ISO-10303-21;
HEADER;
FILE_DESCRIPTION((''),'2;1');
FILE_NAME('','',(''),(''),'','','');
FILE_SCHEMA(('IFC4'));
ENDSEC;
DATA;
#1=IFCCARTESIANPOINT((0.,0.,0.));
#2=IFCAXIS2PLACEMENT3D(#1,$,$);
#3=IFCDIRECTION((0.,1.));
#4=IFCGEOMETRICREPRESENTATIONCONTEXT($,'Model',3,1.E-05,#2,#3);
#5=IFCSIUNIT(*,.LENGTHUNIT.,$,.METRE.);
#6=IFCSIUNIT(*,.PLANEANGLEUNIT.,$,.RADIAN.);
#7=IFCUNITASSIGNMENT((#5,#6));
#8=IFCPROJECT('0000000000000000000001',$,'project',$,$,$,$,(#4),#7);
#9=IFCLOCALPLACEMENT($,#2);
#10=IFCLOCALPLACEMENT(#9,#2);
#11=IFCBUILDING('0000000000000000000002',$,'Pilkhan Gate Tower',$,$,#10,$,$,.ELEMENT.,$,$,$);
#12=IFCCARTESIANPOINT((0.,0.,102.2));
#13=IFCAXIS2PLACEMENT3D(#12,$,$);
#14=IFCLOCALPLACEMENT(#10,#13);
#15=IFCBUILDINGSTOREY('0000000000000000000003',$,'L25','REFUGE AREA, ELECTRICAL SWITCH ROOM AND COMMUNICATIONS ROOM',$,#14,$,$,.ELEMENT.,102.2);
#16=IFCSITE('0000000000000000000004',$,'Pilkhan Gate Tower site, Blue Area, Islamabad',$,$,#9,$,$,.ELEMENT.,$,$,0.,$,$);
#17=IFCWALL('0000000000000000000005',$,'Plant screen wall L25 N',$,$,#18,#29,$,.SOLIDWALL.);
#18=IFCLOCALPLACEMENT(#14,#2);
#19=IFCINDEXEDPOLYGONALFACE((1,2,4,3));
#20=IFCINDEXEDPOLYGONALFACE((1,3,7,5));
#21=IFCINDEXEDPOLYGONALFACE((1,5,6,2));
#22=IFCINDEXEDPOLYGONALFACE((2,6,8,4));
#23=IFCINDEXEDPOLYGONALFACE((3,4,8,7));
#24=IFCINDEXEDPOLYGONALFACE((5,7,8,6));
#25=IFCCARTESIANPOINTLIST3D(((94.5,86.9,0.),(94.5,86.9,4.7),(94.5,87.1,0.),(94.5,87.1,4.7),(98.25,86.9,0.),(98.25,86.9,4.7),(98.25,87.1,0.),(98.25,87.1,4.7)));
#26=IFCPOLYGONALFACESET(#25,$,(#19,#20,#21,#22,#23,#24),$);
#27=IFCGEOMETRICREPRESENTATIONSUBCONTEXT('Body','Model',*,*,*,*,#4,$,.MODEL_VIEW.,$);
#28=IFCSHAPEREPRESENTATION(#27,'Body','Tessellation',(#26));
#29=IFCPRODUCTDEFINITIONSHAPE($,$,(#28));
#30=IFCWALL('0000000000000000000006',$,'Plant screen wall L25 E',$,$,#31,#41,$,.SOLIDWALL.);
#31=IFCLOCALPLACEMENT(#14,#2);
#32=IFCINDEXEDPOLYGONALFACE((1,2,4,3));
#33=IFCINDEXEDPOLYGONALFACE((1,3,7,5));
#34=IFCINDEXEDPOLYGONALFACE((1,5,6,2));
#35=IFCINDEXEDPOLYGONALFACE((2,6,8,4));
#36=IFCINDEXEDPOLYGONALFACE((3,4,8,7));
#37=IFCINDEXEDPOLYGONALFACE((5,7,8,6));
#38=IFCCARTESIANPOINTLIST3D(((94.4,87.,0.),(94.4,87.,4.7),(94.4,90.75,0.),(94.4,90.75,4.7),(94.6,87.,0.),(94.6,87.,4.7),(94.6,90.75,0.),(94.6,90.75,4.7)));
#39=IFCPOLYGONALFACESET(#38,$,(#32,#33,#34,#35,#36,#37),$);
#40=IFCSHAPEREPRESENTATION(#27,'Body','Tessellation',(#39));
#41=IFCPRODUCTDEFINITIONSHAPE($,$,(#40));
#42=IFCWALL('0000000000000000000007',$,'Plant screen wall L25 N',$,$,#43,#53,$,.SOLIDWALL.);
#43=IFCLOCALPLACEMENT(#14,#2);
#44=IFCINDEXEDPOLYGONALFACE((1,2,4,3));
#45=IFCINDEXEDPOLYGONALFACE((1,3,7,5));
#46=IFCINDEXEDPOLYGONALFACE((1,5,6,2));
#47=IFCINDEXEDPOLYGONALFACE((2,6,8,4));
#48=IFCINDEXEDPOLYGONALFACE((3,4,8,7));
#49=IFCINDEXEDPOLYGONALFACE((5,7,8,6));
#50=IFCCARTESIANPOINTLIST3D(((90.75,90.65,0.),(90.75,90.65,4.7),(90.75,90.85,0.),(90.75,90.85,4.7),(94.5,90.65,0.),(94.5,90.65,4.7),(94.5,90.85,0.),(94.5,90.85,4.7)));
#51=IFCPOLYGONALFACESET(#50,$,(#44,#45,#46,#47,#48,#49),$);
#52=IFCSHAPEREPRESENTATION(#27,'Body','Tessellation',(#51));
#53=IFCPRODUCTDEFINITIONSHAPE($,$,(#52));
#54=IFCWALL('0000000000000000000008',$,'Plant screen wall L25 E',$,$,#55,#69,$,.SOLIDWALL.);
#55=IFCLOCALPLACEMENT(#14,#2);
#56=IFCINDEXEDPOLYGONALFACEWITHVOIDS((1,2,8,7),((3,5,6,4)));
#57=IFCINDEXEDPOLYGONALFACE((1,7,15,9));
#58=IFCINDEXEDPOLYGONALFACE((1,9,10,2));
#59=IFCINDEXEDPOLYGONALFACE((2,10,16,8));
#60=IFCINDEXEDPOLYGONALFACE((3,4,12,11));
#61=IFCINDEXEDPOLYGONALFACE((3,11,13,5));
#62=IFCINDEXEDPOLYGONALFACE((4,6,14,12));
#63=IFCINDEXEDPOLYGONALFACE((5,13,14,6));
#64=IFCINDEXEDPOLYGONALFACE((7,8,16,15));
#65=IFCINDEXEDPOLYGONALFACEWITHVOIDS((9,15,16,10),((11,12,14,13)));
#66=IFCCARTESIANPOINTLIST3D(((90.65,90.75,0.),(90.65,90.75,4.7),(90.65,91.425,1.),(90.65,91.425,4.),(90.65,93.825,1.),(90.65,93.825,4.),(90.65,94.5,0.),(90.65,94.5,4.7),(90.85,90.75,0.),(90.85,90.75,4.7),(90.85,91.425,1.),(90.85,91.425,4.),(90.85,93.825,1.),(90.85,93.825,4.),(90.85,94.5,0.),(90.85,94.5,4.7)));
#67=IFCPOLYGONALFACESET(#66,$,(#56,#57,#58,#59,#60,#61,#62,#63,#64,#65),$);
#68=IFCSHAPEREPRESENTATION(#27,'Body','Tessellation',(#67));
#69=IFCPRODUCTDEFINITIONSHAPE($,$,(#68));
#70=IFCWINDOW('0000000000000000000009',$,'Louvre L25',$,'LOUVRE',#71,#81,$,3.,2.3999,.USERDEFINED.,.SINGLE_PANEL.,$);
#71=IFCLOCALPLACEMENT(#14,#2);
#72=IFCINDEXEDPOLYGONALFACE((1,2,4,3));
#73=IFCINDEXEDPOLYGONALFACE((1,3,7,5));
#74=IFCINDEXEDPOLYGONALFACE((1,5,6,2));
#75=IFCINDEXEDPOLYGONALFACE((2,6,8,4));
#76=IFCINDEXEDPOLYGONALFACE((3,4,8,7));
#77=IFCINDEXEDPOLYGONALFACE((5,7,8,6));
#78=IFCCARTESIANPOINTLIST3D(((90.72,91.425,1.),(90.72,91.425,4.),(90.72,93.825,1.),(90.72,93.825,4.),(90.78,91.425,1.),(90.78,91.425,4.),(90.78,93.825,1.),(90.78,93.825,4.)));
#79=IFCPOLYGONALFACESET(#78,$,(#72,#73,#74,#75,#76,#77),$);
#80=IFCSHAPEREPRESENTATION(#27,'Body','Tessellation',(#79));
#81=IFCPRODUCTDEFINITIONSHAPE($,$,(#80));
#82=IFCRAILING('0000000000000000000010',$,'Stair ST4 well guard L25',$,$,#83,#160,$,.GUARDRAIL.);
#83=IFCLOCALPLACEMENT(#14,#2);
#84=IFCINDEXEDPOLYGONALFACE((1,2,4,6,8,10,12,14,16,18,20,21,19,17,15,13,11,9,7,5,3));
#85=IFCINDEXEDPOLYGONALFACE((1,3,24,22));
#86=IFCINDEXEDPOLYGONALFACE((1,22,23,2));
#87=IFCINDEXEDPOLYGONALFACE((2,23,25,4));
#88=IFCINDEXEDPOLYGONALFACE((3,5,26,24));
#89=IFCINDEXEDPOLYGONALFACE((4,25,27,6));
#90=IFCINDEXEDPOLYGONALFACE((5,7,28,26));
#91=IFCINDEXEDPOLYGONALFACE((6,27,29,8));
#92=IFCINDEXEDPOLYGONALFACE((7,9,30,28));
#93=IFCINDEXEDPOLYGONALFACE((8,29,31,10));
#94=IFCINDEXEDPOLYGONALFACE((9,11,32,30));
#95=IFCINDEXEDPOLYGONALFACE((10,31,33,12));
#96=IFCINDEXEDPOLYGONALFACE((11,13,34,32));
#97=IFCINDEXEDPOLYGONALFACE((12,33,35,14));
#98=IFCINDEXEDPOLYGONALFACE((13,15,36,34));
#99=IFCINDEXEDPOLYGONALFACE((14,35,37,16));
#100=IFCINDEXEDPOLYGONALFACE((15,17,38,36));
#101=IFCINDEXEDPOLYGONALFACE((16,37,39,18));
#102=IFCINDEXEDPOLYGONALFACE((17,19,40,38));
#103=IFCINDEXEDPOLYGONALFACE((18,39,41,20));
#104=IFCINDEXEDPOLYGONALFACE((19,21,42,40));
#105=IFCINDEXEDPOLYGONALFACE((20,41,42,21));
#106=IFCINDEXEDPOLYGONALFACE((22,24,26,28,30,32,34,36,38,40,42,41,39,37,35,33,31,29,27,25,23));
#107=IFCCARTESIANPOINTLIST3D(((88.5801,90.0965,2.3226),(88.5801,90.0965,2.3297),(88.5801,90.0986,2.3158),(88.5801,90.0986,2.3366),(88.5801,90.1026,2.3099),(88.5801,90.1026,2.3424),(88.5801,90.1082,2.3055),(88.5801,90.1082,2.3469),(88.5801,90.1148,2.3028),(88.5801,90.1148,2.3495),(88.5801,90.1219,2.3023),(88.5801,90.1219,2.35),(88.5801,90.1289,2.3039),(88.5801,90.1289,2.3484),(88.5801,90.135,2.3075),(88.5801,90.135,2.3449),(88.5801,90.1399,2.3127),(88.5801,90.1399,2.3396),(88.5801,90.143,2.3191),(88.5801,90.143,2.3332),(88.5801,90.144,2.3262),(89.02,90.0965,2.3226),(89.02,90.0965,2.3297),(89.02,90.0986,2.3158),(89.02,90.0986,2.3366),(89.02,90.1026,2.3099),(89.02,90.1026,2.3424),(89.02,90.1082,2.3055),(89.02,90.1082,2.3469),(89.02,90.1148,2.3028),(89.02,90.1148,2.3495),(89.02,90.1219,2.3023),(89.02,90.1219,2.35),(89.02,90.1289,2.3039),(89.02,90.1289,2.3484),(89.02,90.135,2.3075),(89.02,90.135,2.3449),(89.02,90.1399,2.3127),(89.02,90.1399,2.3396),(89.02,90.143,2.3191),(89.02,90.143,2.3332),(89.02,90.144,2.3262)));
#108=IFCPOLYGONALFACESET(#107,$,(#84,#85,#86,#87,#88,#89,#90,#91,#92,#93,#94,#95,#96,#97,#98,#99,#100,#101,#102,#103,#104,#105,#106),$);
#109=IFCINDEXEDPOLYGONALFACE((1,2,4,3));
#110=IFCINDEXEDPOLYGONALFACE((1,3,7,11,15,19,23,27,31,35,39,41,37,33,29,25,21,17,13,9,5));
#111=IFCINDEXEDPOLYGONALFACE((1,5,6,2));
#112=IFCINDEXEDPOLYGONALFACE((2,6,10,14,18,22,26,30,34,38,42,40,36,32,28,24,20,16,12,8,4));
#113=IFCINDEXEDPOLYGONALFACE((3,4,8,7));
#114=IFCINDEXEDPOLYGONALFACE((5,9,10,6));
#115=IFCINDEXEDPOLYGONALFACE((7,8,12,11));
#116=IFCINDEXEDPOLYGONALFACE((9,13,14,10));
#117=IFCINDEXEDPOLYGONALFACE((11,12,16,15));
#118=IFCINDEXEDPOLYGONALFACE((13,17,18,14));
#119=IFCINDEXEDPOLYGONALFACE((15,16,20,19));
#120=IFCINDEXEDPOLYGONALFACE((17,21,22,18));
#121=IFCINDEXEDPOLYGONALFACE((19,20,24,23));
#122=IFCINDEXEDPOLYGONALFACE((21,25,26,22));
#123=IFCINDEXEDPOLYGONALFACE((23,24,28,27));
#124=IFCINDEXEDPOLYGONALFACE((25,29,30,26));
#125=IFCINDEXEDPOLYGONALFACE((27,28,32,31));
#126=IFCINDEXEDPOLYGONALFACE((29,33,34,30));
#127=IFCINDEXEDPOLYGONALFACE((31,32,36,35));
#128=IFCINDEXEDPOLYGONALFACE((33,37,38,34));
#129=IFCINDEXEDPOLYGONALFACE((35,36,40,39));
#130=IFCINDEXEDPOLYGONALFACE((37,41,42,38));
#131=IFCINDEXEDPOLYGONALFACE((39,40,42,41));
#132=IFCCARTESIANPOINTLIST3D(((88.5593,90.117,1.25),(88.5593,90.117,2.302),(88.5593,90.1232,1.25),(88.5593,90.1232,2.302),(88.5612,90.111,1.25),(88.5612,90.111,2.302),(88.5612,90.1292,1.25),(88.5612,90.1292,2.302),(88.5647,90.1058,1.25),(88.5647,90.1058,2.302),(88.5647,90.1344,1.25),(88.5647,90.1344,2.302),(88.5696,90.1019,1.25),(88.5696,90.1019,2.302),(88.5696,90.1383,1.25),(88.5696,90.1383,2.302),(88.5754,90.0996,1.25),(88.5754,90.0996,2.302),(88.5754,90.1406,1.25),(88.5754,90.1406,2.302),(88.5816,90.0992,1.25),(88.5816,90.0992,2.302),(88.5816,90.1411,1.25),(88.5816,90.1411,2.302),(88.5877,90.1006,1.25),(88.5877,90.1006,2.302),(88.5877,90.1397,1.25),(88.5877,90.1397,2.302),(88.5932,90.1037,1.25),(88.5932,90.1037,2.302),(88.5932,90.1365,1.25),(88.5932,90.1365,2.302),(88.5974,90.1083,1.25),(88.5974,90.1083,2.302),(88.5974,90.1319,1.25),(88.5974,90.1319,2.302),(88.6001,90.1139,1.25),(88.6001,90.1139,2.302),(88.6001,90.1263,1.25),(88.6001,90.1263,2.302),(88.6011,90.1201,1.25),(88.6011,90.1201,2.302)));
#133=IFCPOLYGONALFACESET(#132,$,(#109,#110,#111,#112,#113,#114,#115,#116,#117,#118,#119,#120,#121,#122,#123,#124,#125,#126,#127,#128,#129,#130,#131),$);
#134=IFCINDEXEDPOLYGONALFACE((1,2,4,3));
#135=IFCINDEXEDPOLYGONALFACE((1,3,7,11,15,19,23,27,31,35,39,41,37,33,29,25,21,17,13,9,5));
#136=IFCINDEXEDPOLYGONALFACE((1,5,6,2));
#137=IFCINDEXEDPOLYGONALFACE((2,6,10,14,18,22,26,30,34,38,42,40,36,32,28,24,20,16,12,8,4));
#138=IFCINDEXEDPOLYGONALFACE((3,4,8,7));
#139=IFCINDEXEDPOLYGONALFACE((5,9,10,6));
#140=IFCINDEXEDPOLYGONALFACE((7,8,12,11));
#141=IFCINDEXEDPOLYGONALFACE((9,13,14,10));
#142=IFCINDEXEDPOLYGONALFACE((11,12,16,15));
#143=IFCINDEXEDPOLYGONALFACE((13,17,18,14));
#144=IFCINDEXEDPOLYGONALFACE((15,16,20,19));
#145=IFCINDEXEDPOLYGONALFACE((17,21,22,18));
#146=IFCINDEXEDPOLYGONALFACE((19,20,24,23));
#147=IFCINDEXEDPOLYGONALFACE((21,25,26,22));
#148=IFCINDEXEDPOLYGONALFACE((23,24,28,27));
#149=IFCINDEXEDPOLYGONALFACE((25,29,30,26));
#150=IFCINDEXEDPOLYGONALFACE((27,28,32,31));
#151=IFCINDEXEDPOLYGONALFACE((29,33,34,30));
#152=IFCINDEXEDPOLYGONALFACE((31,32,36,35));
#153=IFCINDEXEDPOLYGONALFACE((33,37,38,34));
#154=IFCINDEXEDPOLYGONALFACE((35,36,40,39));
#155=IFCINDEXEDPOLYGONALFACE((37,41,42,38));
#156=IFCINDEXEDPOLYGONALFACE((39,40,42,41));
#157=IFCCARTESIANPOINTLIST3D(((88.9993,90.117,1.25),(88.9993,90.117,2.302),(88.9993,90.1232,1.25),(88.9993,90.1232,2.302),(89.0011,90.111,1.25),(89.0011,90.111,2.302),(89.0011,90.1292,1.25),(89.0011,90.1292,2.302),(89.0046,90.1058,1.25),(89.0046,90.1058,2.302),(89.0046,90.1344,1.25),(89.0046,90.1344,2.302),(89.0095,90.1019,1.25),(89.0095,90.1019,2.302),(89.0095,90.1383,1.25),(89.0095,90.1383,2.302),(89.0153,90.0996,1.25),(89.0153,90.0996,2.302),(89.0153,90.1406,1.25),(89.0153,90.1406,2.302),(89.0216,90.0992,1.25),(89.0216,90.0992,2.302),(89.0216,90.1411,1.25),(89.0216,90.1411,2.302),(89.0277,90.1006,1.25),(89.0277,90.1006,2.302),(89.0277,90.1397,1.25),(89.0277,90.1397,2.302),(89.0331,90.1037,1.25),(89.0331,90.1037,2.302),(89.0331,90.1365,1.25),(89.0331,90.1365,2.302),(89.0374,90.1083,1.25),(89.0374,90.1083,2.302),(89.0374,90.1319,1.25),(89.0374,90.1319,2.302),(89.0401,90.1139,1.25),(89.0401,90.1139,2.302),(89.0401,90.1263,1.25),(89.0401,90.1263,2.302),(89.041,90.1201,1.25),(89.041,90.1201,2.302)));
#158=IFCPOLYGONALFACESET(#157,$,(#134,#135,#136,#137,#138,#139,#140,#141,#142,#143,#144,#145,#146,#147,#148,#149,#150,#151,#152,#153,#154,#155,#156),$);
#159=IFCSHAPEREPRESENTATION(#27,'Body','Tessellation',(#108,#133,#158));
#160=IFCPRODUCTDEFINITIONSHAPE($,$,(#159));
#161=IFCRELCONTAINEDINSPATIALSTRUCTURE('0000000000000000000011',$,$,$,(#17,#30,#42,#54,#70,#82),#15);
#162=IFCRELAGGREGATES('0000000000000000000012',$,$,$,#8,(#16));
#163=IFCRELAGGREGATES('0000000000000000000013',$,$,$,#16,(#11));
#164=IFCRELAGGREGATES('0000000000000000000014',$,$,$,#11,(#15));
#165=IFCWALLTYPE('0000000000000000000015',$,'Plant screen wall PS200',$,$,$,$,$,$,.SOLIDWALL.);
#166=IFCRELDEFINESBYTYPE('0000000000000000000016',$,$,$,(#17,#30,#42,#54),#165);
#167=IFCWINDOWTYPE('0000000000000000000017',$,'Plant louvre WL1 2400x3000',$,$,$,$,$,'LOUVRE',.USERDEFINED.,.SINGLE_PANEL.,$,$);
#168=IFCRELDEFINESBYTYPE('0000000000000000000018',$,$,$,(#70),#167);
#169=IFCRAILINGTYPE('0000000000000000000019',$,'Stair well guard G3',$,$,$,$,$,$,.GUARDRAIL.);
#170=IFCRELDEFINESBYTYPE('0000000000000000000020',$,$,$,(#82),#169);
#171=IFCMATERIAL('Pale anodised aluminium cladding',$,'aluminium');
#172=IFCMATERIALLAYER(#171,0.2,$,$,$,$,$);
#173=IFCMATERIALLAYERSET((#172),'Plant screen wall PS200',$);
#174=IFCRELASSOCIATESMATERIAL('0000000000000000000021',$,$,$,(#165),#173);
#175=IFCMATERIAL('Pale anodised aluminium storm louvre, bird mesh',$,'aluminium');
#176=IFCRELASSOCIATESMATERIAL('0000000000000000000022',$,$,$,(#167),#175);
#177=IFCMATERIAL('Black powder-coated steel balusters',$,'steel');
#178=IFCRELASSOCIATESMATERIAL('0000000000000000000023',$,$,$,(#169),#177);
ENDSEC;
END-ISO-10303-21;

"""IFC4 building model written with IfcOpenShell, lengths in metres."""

from ifc_helpers import new_model, si_unit, direction, frame, frame_2d, origin, origin_2d, place, context, subcontext, project, spatial, rectangle, circle, extrude, material, layer, layer_set, type_object, element, fill, save


model = new_model("IFC4")

# Units and contexts
model_context = context("Model", 3, precision=1e-05, world=origin(), true_north=direction((0.0, 1.0)))
body_context = subcontext(model_context, "Body", "Model", "MODEL_VIEW")
ifc_project = project(units=[si_unit("LENGTHUNIT", "METRE"), si_unit("PLANEANGLEUNIT", "RADIAN")], contexts=[model_context])

# Site, building, storey
site_placement = place(None, origin())
site = spatial("IfcSite", under=ifc_project, at=site_placement, Name="Pilkhan Gate Tower site, Blue Area, Islamabad", CompositionType="ELEMENT", RefElevation=0.0)
building_placement = place(site_placement, origin())
building = spatial("IfcBuilding", under=site, at=building_placement, Name="Pilkhan Gate Tower", CompositionType="ELEMENT")
storey_placement = place(building_placement, frame((0.0, 0.0, 102.2)))
storey = spatial("IfcBuildingStorey", under=building, at=storey_placement, Name="L25", Description="REFUGE AREA, ELECTRICAL SWITCH ROOM AND COMMUNICATIONS ROOM", CompositionType="ELEMENT", Elevation=102.2)

# Walls
ifc_material_1 = material(Name="Pale anodised aluminium cladding", Category="aluminium")
ifc_layer_1 = layer(ifc_material_1, 0.2)
ifc_layer_set_1 = layer_set([ifc_layer_1], Name="Plant screen wall PS200")
wall_type_1 = type_object("IfcWallType", Name="Plant screen wall PS200", PredefinedType="SOLIDWALL", material=ifc_layer_set_1)
for number, where, z_axis, x_axis, name in (
    (1, (94.5, 87.0, 0.0), (0.0, 0.0, 1.0), (1.0, 0.0, 0.0), "Plant screen wall L25 N"),
    (2, (94.5, 87.0, 0.0), (0.0, 0.0, 1.0), (0.0, 1.0, 0.0), "Plant screen wall L25 E"),
    (3, (90.75, 90.75, 0.0), (0.0, 0.0, 1.0), (1.0, 0.0, 0.0), "Plant screen wall L25 N"),
):
    element("IfcWall", number, at=place(storey_placement, frame(where, z_axis=z_axis, x_axis=x_axis)), inside=storey, type_object=wall_type_1, Name=name, PredefinedType="SOLIDWALL", context=body_context, shape_type="SweptSolid", body=[
        extrude(rectangle(XDim=3.75, YDim=0.2, at=frame_2d((1.875, 0.0))), origin(), (0.0, 0.0, 1.0), 4.7),
    ])

# Wall, opening, window
wall_1_placement = place(storey_placement, frame((90.75, 90.75, 0.0), z_axis=(0.0, 0.0, 1.0), x_axis=(0.0, 1.0, 0.0)))
wall_1 = element("IfcWall", 4, at=wall_1_placement, inside=storey, type_object=wall_type_1, Name="Plant screen wall L25 E", PredefinedType="SOLIDWALL", context=body_context, shape_type="SweptSolid", body=[
    extrude(rectangle(XDim=3.75, YDim=0.2, at=frame_2d((1.875, 0.0))), origin(), (0.0, 0.0, 1.0), 4.7),
])
opening_placement = place(wall_1_placement, frame((0.675, 0.0, 1.0)))
opening = element("IfcOpeningElement", 5, at=opening_placement, cuts=wall_1, PredefinedType="OPENING", context=body_context, shape_type="SweptSolid", body=[
    extrude(rectangle(XDim=2.3999, YDim=3.0, at=frame_2d((1.2, 1.5))), frame((0.0, 0.1099, 0.0), z_axis=(0.0, -1.0, 0.0), x_axis=(1.0, 0.0, 0.0)), (0.0, 0.0, 1.0), 0.22),
])
ifc_material_2 = material(Name="Pale anodised aluminium storm louvre, bird mesh", Category="aluminium")
window_type = type_object("IfcWindowType", Name="Plant louvre WL1 2400x3000", ElementType="LOUVRE", PartitioningType="SINGLE_PANEL", PredefinedType="USERDEFINED", material=ifc_material_2)
window_placement = place(opening_placement, origin())
window = element("IfcWindow", 6, at=window_placement, inside=storey, type_object=window_type, Name="Louvre L25", ObjectType="LOUVRE", OverallHeight=3.0, OverallWidth=2.3999, PartitioningType="SINGLE_PANEL", PredefinedType="USERDEFINED", context=body_context, shape_type="SweptSolid", body=[
    extrude(rectangle(XDim=2.3999, YDim=3.0, at=frame_2d((1.2, 1.5))), frame((0.0, 0.03, 0.0), z_axis=(0.0, -1.0, 0.0), x_axis=(1.0, 0.0, 0.0)), (0.0, 0.0, 1.0), 0.0601),
])
fill(opening, window)

# Railing
ifc_material_3 = material(Name="Black powder-coated steel balusters", Category="steel")
railing_type_1 = type_object("IfcRailingType", Name="Stair well guard G3", PredefinedType="GUARDRAIL", material=ifc_material_3)
for number, where, name in (
    (7, (88.5801, 90.1201, 1.25), "Stair ST4 well guard L25"),
):
    element("IfcRailing", number, at=place(storey_placement, frame(where)), inside=storey, type_object=railing_type_1, Name=name, PredefinedType="GUARDRAIL", context=body_context, shape_type="SweptSolid", body=[
        extrude(circle(Radius=0.0239, at=origin_2d()), frame((0.0, 0.0, 1.0762), z_axis=(1.0, 0.0, 0.0), x_axis=(0.0, 1.0, 0.0)), (0.0, 0.0, 1.0), 0.4399),
        extrude(circle(Radius=0.021, at=origin_2d()), origin(), (0.0, 0.0, 1.0), 1.052),
        extrude(circle(Radius=0.021, at=origin_2d()), frame((0.4399, 0.0, 0.0)), (0.0, 0.0, 1.0), 1.052),
    ])

save(model, "model.ifc")
